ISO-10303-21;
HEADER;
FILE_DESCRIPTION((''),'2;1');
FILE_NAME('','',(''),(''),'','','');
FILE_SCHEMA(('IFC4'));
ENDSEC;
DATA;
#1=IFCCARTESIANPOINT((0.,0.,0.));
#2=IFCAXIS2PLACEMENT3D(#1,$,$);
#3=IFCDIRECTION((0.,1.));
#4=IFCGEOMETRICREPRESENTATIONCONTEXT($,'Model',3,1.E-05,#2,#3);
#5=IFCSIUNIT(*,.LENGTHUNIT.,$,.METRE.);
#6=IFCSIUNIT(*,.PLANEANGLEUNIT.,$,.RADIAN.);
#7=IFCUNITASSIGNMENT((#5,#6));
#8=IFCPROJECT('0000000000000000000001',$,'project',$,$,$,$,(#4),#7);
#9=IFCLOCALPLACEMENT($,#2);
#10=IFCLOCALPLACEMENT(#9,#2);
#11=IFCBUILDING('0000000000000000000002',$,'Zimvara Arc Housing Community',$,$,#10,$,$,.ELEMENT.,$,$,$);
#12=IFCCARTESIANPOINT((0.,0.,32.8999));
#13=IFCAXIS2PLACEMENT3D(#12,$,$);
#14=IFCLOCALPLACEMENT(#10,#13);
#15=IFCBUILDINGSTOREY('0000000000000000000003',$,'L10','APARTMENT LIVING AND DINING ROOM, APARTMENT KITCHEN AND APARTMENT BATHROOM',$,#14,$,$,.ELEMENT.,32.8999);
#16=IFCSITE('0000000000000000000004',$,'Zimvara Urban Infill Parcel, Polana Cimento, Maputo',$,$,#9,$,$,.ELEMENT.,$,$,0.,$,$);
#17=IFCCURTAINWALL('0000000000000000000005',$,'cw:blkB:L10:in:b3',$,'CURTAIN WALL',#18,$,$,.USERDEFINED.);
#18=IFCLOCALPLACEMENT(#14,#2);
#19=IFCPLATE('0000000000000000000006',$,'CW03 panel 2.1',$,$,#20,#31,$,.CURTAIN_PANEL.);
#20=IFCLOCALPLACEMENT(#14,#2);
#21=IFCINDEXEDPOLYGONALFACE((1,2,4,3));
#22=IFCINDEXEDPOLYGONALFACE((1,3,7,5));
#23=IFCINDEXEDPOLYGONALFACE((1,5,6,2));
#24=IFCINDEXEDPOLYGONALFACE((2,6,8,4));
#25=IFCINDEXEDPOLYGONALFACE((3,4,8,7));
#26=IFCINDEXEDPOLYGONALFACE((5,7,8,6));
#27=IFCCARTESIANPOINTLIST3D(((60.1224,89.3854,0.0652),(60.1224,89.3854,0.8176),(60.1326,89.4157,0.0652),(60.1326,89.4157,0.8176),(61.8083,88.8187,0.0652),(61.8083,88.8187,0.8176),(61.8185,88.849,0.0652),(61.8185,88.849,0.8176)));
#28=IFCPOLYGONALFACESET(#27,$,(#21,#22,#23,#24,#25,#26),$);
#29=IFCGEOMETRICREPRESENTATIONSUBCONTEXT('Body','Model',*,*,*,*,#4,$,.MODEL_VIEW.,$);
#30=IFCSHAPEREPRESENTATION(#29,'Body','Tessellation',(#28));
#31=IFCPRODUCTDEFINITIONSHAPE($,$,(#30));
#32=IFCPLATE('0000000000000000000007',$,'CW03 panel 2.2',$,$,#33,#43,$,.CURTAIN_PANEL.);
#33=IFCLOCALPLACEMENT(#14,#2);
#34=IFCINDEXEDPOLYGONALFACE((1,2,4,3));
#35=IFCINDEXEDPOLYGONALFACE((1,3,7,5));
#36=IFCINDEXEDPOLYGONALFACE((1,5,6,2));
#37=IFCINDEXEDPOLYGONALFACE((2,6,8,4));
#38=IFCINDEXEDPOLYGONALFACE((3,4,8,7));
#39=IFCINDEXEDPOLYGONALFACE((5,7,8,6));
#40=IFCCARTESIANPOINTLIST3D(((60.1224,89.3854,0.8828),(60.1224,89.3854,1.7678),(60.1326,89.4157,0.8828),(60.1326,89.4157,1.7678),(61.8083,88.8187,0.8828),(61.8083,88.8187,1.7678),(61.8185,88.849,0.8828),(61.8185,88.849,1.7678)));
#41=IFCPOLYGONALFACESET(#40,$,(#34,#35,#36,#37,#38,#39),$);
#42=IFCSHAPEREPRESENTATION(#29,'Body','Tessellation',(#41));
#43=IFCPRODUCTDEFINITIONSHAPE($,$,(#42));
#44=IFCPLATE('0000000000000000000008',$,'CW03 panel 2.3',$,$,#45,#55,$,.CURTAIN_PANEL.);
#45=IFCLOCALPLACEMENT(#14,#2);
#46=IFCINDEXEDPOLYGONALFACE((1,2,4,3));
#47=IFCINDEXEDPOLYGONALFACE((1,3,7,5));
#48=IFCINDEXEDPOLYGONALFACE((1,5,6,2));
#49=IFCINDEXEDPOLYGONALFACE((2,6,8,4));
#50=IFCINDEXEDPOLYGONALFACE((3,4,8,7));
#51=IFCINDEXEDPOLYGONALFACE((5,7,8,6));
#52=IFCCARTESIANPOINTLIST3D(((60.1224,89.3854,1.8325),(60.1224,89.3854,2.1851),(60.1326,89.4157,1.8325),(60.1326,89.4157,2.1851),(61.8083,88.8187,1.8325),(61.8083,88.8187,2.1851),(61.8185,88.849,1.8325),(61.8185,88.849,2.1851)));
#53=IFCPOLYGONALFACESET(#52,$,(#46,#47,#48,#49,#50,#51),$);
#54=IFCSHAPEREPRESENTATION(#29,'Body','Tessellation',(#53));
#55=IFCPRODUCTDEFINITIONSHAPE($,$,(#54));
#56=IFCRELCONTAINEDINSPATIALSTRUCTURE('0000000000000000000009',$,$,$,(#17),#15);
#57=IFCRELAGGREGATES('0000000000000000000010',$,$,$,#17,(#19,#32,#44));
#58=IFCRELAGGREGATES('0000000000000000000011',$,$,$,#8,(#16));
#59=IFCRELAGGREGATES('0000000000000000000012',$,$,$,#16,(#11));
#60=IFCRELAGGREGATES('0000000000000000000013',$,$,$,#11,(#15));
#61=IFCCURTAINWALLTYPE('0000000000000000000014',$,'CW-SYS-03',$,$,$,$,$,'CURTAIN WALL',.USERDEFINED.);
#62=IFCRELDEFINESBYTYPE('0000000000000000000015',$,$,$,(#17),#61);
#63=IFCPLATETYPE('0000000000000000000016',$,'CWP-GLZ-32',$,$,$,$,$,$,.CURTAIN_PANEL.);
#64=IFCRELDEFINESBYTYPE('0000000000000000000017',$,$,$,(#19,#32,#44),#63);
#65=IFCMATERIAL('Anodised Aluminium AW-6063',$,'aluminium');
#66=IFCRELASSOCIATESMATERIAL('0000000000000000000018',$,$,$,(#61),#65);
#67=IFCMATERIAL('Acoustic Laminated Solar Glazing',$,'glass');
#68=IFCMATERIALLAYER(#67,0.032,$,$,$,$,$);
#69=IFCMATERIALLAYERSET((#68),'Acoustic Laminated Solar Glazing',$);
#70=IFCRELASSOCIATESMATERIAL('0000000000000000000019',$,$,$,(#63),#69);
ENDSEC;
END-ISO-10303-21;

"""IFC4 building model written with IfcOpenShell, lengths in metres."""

from ifc_helpers import new_model, si_unit, direction, frame, origin, origin_2d, place, context, subcontext, project, spatial, rectangle, extrude, material, layer, layer_set, type_object, element, aggregate, save


model = new_model("IFC4")

# Units and contexts
model_context = context("Model", 3, precision=1e-05, world=origin(), true_north=direction((0.0, 1.0)))
body_context = subcontext(model_context, "Body", "Model", "MODEL_VIEW")
ifc_project = project(units=[si_unit("LENGTHUNIT", "METRE"), si_unit("PLANEANGLEUNIT", "RADIAN")], contexts=[model_context])

# Site, building, storey
site_placement = place(None, origin())
site = spatial("IfcSite", under=ifc_project, at=site_placement, Name="Zimvara Urban Infill Parcel, Polana Cimento, Maputo", CompositionType="ELEMENT", RefElevation=0.0)
building_placement = place(site_placement, origin())
building = spatial("IfcBuilding", under=site, at=building_placement, Name="Zimvara Arc Housing Community", CompositionType="ELEMENT")
storey_placement = place(building_placement, frame((0.0, 0.0, 32.8999)))
storey = spatial("IfcBuildingStorey", under=building, at=storey_placement, Name="L10", Description="APARTMENT LIVING AND DINING ROOM, APARTMENT KITCHEN AND APARTMENT BATHROOM", CompositionType="ELEMENT", Elevation=32.8999)

# Curtain wall
ifc_material_1 = material(Name="Anodised Aluminium AW-6063", Category="aluminium")
curtain_wall_type_1 = type_object("IfcCurtainWallType", Name="CW-SYS-03", ElementType="CURTAIN WALL", PredefinedType="USERDEFINED", material=ifc_material_1)
curtain_wall_1_placement = place(storey_placement, origin())
curtain_wall_1 = element("IfcCurtainWall", 1, at=curtain_wall_1_placement, inside=storey, type_object=curtain_wall_type_1, Name="cw:blkB:L10:in:b3", ObjectType="CURTAIN WALL", PredefinedType="USERDEFINED")

# Plates
ifc_material_2 = material(Name="Acoustic Laminated Solar Glazing", Category="glass")
ifc_layer_1 = layer(ifc_material_2, 0.032)
ifc_layer_set_1 = layer_set([ifc_layer_1], Name="Acoustic Laminated Solar Glazing")
plate_type_1 = type_object("IfcPlateType", Name="CWP-GLZ-32", PredefinedType="CURTAIN_PANEL", material=ifc_layer_set_1)
plate_1_placement = place(storey_placement, frame((60.9705, 89.1172, 0.0652), z_axis=(0.0, 0.0, 1.0), x_axis=(0.94788, -0.318627, 0.0)))
plate_1 = element("IfcPlate", 2, at=plate_1_placement, type_object=plate_type_1, Name="CW03 panel 2.1", PredefinedType="CURTAIN_PANEL", context=body_context, shape_type="SweptSolid", body=[
    extrude(rectangle(XDim=1.7786, YDim=0.032, at=origin_2d()), origin(), (0.0, 0.0, 1.0), 0.7524),
])
plate_2_placement = place(storey_placement, frame((60.9705, 89.1172, 0.8828), z_axis=(0.0, 0.0, 1.0), x_axis=(0.94788, -0.318627, 0.0)))
plate_2 = element("IfcPlate", 3, at=plate_2_placement, type_object=plate_type_1, Name="CW03 panel 2.2", PredefinedType="CURTAIN_PANEL", context=body_context, shape_type="SweptSolid", body=[
    extrude(rectangle(XDim=1.7786, YDim=0.032, at=origin_2d()), origin(), (0.0, 0.0, 1.0), 0.885),
])
plate_3_placement = place(storey_placement, frame((60.9705, 89.1172, 1.8325), z_axis=(0.0, 0.0, 1.0), x_axis=(0.94788, -0.318627, 0.0)))
plate_3 = element("IfcPlate", 4, at=plate_3_placement, type_object=plate_type_1, Name="CW03 panel 2.3", PredefinedType="CURTAIN_PANEL", context=body_context, shape_type="SweptSolid", body=[
    extrude(rectangle(XDim=1.7786, YDim=0.032, at=origin_2d()), origin(), (0.0, 0.0, 1.0), 0.3525),
])
aggregate(curtain_wall_1, [plate_1, plate_2, plate_3])

save(model, "model.ifc")
